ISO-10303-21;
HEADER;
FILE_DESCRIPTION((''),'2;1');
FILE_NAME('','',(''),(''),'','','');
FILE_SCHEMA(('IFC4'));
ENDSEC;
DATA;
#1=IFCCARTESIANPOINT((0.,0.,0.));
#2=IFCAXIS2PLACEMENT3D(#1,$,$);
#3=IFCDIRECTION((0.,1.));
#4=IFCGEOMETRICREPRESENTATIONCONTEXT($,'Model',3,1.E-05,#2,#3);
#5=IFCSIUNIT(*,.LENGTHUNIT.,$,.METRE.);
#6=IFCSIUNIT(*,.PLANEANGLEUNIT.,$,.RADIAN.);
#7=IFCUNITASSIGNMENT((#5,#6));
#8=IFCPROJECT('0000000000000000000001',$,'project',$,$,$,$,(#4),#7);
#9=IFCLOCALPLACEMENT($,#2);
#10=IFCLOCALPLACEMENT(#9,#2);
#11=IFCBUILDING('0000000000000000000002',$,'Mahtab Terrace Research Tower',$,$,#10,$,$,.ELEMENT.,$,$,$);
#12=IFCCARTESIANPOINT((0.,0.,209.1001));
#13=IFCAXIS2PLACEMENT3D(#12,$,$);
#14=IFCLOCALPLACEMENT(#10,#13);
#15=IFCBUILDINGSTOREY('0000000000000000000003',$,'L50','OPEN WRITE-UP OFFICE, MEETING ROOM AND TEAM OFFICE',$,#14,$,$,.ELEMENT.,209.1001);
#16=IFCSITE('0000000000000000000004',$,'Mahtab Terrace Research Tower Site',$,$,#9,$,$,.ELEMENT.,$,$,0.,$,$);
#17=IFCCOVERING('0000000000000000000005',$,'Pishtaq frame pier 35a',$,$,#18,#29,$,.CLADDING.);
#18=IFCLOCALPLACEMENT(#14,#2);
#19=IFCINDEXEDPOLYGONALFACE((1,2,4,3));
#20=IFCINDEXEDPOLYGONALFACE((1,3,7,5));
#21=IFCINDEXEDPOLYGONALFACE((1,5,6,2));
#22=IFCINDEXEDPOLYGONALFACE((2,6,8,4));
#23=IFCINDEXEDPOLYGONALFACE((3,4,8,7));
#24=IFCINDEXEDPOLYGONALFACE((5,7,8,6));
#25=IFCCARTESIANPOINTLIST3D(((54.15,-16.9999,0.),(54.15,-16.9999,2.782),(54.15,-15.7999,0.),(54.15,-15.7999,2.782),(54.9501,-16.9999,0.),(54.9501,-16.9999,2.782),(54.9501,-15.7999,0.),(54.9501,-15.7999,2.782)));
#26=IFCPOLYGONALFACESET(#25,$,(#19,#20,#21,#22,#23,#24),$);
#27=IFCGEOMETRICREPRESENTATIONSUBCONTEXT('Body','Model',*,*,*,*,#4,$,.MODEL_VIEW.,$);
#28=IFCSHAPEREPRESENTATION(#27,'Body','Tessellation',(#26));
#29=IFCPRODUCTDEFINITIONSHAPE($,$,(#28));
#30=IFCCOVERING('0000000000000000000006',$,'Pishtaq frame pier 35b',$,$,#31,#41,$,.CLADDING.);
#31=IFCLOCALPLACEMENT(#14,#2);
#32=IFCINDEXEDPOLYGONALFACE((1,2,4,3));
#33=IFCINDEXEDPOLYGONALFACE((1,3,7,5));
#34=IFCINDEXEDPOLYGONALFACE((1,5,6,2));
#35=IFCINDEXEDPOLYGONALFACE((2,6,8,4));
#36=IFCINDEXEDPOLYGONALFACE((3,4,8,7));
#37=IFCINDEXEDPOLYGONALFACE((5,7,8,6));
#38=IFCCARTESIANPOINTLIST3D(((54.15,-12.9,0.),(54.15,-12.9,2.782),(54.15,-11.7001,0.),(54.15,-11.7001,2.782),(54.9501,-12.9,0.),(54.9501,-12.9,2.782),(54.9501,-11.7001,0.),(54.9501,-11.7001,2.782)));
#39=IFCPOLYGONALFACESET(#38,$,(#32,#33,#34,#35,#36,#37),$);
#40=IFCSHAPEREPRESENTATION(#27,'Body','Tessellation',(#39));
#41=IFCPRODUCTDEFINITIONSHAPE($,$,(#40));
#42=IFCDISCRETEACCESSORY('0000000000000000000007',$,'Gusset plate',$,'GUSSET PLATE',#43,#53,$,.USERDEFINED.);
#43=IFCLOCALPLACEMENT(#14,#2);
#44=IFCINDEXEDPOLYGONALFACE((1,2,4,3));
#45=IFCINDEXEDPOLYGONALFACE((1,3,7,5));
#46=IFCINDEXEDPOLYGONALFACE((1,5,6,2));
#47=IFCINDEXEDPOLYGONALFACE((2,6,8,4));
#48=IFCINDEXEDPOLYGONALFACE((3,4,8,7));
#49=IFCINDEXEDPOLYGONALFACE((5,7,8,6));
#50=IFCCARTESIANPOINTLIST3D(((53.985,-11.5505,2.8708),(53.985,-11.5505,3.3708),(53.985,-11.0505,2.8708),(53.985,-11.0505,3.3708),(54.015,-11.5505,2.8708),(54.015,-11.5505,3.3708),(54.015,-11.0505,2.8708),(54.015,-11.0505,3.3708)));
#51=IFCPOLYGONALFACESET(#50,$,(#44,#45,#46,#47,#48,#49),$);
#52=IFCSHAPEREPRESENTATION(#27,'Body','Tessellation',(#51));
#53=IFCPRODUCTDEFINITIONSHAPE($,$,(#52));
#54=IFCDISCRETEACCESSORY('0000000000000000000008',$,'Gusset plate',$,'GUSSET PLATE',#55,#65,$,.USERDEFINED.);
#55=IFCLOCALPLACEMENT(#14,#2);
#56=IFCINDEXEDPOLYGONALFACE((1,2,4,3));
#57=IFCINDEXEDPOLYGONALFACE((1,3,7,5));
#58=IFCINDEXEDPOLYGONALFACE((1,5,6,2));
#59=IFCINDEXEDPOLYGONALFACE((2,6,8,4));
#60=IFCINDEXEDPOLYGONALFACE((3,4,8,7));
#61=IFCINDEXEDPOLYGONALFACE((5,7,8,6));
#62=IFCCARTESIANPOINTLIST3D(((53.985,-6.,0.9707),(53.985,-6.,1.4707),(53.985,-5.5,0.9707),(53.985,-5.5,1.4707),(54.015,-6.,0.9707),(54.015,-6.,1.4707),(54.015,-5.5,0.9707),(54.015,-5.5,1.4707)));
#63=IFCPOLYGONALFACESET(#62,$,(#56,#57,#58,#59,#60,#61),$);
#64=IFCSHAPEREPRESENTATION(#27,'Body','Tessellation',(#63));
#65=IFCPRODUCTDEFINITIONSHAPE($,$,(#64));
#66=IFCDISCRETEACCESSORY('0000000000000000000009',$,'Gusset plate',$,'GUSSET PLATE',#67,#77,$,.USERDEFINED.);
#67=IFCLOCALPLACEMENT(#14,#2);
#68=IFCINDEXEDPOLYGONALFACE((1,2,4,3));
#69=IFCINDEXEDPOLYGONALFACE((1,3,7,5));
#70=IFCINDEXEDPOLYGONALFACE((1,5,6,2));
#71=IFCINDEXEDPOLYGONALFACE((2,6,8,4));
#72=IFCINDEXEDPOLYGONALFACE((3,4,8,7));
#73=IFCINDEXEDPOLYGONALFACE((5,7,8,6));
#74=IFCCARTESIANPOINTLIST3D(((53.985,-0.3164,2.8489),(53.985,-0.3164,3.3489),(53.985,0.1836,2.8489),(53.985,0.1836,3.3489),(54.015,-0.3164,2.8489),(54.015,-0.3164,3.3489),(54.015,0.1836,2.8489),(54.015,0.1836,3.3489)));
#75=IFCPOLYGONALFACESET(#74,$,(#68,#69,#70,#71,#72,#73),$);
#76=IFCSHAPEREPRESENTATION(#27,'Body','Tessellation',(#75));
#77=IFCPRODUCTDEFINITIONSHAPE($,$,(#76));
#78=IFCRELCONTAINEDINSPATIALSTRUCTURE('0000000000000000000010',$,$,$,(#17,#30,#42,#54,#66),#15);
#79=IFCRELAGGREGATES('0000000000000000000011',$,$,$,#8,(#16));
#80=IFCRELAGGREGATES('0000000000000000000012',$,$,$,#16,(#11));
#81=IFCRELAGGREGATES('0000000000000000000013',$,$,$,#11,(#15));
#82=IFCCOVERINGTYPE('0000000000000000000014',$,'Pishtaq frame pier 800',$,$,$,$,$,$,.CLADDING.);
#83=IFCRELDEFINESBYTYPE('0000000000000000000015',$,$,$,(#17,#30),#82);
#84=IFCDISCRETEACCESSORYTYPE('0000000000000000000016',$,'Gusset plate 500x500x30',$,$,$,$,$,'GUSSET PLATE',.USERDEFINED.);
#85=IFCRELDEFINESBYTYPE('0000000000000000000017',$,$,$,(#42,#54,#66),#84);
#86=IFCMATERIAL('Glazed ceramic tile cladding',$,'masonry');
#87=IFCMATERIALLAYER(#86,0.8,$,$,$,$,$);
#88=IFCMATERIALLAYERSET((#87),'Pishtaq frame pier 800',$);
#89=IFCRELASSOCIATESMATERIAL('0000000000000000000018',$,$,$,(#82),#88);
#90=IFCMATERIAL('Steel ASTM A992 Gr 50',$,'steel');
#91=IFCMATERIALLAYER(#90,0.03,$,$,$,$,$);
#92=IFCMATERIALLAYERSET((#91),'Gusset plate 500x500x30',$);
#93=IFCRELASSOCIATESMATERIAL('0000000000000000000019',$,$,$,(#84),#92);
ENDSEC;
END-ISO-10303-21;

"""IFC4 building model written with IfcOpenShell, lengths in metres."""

from ifc_helpers import new_model, si_unit, direction, frame, origin, origin_2d, place, context, subcontext, project, spatial, rectangle, extrude, material, layer, layer_set, type_object, element, save


model = new_model("IFC4")

# Units and contexts
model_context = context("Model", 3, precision=1e-05, world=origin(), true_north=direction((0.0, 1.0)))
body_context = subcontext(model_context, "Body", "Model", "MODEL_VIEW")
ifc_project = project(units=[si_unit("LENGTHUNIT", "METRE"), si_unit("PLANEANGLEUNIT", "RADIAN")], contexts=[model_context])

# Site, building, storey
site_placement = place(None, origin())
site = spatial("IfcSite", under=ifc_project, at=site_placement, Name="Mahtab Terrace Research Tower Site", CompositionType="ELEMENT", RefElevation=0.0)
building_placement = place(site_placement, origin())
building = spatial("IfcBuilding", under=site, at=building_placement, Name="Mahtab Terrace Research Tower", CompositionType="ELEMENT")
storey_placement = place(building_placement, frame((0.0, 0.0, 209.1001)))
storey = spatial("IfcBuildingStorey", under=building, at=storey_placement, Name="L50", Description="OPEN WRITE-UP OFFICE, MEETING ROOM AND TEAM OFFICE", CompositionType="ELEMENT", Elevation=209.1001)

# Shared definitions
ifc_material_1 = material(Name="Steel ASTM A992 Gr 50", Category="steel")

# Coverings
ifc_material_2 = material(Name="Glazed ceramic tile cladding", Category="masonry")
ifc_layer_1 = layer(ifc_material_2, 0.8)
ifc_layer_set_1 = layer_set([ifc_layer_1], Name="Pishtaq frame pier 800")
covering_type_1 = type_object("IfcCoveringType", Name="Pishtaq frame pier 800", PredefinedType="CLADDING", material=ifc_layer_set_1)
for number, where, z_axis, x_axis, name in (
    (1, (54.55, -16.3999, 0.0), (0.0, 0.0, 1.0), (0.0, 1.0, 0.0), "Pishtaq frame pier 35a"),
    (2, (54.55, -12.3, 0.0), (0.0, 0.0, 1.0), (0.0, 1.0, 0.0), "Pishtaq frame pier 35b"),
):
    element("IfcCovering", number, at=place(storey_placement, frame(where, z_axis=z_axis, x_axis=x_axis)), inside=storey, type_object=covering_type_1, Name=name, PredefinedType="CLADDING", context=body_context, shape_type="SweptSolid", body=[
        extrude(rectangle(XDim=1.2, YDim=0.8, at=origin_2d()), origin(), (0.0, 0.0, 1.0), 2.782),
    ])

# Discrete accessories
ifc_layer_2 = layer(ifc_material_1, 0.03)
ifc_layer_set_2 = layer_set([ifc_layer_2], Name="Gusset plate 500x500x30")
discrete_accessory_type = type_object("IfcDiscreteAccessoryType", Name="Gusset plate 500x500x30", ElementType="GUSSET PLATE", PredefinedType="USERDEFINED", material=ifc_layer_set_2)
for number, where, z_axis, x_axis, name in (
    (3, (54.0, -11.3005, 2.8708), (0.0, 0.0, 1.0), (0.0, 1.0, 0.0), "Gusset plate"),
    (4, (54.0, -5.75, 0.9707), (0.0, 0.0, 1.0), (0.0, 1.0, 0.0), "Gusset plate"),
    (5, (54.0, -0.0664, 2.8489), (0.0, 0.0, 1.0), (0.0, 1.0, 0.0), "Gusset plate"),
):
    element("IfcDiscreteAccessory", number, at=place(storey_placement, frame(where, z_axis=z_axis, x_axis=x_axis)), inside=storey, type_object=discrete_accessory_type, Name=name, ObjectType="GUSSET PLATE", PredefinedType="USERDEFINED", context=body_context, shape_type="SweptSolid", body=[
        extrude(rectangle(XDim=0.5, YDim=0.03, at=origin_2d()), origin(), (0.0, 0.0, 1.0), 0.5),
    ])

save(model, "model.ifc")
